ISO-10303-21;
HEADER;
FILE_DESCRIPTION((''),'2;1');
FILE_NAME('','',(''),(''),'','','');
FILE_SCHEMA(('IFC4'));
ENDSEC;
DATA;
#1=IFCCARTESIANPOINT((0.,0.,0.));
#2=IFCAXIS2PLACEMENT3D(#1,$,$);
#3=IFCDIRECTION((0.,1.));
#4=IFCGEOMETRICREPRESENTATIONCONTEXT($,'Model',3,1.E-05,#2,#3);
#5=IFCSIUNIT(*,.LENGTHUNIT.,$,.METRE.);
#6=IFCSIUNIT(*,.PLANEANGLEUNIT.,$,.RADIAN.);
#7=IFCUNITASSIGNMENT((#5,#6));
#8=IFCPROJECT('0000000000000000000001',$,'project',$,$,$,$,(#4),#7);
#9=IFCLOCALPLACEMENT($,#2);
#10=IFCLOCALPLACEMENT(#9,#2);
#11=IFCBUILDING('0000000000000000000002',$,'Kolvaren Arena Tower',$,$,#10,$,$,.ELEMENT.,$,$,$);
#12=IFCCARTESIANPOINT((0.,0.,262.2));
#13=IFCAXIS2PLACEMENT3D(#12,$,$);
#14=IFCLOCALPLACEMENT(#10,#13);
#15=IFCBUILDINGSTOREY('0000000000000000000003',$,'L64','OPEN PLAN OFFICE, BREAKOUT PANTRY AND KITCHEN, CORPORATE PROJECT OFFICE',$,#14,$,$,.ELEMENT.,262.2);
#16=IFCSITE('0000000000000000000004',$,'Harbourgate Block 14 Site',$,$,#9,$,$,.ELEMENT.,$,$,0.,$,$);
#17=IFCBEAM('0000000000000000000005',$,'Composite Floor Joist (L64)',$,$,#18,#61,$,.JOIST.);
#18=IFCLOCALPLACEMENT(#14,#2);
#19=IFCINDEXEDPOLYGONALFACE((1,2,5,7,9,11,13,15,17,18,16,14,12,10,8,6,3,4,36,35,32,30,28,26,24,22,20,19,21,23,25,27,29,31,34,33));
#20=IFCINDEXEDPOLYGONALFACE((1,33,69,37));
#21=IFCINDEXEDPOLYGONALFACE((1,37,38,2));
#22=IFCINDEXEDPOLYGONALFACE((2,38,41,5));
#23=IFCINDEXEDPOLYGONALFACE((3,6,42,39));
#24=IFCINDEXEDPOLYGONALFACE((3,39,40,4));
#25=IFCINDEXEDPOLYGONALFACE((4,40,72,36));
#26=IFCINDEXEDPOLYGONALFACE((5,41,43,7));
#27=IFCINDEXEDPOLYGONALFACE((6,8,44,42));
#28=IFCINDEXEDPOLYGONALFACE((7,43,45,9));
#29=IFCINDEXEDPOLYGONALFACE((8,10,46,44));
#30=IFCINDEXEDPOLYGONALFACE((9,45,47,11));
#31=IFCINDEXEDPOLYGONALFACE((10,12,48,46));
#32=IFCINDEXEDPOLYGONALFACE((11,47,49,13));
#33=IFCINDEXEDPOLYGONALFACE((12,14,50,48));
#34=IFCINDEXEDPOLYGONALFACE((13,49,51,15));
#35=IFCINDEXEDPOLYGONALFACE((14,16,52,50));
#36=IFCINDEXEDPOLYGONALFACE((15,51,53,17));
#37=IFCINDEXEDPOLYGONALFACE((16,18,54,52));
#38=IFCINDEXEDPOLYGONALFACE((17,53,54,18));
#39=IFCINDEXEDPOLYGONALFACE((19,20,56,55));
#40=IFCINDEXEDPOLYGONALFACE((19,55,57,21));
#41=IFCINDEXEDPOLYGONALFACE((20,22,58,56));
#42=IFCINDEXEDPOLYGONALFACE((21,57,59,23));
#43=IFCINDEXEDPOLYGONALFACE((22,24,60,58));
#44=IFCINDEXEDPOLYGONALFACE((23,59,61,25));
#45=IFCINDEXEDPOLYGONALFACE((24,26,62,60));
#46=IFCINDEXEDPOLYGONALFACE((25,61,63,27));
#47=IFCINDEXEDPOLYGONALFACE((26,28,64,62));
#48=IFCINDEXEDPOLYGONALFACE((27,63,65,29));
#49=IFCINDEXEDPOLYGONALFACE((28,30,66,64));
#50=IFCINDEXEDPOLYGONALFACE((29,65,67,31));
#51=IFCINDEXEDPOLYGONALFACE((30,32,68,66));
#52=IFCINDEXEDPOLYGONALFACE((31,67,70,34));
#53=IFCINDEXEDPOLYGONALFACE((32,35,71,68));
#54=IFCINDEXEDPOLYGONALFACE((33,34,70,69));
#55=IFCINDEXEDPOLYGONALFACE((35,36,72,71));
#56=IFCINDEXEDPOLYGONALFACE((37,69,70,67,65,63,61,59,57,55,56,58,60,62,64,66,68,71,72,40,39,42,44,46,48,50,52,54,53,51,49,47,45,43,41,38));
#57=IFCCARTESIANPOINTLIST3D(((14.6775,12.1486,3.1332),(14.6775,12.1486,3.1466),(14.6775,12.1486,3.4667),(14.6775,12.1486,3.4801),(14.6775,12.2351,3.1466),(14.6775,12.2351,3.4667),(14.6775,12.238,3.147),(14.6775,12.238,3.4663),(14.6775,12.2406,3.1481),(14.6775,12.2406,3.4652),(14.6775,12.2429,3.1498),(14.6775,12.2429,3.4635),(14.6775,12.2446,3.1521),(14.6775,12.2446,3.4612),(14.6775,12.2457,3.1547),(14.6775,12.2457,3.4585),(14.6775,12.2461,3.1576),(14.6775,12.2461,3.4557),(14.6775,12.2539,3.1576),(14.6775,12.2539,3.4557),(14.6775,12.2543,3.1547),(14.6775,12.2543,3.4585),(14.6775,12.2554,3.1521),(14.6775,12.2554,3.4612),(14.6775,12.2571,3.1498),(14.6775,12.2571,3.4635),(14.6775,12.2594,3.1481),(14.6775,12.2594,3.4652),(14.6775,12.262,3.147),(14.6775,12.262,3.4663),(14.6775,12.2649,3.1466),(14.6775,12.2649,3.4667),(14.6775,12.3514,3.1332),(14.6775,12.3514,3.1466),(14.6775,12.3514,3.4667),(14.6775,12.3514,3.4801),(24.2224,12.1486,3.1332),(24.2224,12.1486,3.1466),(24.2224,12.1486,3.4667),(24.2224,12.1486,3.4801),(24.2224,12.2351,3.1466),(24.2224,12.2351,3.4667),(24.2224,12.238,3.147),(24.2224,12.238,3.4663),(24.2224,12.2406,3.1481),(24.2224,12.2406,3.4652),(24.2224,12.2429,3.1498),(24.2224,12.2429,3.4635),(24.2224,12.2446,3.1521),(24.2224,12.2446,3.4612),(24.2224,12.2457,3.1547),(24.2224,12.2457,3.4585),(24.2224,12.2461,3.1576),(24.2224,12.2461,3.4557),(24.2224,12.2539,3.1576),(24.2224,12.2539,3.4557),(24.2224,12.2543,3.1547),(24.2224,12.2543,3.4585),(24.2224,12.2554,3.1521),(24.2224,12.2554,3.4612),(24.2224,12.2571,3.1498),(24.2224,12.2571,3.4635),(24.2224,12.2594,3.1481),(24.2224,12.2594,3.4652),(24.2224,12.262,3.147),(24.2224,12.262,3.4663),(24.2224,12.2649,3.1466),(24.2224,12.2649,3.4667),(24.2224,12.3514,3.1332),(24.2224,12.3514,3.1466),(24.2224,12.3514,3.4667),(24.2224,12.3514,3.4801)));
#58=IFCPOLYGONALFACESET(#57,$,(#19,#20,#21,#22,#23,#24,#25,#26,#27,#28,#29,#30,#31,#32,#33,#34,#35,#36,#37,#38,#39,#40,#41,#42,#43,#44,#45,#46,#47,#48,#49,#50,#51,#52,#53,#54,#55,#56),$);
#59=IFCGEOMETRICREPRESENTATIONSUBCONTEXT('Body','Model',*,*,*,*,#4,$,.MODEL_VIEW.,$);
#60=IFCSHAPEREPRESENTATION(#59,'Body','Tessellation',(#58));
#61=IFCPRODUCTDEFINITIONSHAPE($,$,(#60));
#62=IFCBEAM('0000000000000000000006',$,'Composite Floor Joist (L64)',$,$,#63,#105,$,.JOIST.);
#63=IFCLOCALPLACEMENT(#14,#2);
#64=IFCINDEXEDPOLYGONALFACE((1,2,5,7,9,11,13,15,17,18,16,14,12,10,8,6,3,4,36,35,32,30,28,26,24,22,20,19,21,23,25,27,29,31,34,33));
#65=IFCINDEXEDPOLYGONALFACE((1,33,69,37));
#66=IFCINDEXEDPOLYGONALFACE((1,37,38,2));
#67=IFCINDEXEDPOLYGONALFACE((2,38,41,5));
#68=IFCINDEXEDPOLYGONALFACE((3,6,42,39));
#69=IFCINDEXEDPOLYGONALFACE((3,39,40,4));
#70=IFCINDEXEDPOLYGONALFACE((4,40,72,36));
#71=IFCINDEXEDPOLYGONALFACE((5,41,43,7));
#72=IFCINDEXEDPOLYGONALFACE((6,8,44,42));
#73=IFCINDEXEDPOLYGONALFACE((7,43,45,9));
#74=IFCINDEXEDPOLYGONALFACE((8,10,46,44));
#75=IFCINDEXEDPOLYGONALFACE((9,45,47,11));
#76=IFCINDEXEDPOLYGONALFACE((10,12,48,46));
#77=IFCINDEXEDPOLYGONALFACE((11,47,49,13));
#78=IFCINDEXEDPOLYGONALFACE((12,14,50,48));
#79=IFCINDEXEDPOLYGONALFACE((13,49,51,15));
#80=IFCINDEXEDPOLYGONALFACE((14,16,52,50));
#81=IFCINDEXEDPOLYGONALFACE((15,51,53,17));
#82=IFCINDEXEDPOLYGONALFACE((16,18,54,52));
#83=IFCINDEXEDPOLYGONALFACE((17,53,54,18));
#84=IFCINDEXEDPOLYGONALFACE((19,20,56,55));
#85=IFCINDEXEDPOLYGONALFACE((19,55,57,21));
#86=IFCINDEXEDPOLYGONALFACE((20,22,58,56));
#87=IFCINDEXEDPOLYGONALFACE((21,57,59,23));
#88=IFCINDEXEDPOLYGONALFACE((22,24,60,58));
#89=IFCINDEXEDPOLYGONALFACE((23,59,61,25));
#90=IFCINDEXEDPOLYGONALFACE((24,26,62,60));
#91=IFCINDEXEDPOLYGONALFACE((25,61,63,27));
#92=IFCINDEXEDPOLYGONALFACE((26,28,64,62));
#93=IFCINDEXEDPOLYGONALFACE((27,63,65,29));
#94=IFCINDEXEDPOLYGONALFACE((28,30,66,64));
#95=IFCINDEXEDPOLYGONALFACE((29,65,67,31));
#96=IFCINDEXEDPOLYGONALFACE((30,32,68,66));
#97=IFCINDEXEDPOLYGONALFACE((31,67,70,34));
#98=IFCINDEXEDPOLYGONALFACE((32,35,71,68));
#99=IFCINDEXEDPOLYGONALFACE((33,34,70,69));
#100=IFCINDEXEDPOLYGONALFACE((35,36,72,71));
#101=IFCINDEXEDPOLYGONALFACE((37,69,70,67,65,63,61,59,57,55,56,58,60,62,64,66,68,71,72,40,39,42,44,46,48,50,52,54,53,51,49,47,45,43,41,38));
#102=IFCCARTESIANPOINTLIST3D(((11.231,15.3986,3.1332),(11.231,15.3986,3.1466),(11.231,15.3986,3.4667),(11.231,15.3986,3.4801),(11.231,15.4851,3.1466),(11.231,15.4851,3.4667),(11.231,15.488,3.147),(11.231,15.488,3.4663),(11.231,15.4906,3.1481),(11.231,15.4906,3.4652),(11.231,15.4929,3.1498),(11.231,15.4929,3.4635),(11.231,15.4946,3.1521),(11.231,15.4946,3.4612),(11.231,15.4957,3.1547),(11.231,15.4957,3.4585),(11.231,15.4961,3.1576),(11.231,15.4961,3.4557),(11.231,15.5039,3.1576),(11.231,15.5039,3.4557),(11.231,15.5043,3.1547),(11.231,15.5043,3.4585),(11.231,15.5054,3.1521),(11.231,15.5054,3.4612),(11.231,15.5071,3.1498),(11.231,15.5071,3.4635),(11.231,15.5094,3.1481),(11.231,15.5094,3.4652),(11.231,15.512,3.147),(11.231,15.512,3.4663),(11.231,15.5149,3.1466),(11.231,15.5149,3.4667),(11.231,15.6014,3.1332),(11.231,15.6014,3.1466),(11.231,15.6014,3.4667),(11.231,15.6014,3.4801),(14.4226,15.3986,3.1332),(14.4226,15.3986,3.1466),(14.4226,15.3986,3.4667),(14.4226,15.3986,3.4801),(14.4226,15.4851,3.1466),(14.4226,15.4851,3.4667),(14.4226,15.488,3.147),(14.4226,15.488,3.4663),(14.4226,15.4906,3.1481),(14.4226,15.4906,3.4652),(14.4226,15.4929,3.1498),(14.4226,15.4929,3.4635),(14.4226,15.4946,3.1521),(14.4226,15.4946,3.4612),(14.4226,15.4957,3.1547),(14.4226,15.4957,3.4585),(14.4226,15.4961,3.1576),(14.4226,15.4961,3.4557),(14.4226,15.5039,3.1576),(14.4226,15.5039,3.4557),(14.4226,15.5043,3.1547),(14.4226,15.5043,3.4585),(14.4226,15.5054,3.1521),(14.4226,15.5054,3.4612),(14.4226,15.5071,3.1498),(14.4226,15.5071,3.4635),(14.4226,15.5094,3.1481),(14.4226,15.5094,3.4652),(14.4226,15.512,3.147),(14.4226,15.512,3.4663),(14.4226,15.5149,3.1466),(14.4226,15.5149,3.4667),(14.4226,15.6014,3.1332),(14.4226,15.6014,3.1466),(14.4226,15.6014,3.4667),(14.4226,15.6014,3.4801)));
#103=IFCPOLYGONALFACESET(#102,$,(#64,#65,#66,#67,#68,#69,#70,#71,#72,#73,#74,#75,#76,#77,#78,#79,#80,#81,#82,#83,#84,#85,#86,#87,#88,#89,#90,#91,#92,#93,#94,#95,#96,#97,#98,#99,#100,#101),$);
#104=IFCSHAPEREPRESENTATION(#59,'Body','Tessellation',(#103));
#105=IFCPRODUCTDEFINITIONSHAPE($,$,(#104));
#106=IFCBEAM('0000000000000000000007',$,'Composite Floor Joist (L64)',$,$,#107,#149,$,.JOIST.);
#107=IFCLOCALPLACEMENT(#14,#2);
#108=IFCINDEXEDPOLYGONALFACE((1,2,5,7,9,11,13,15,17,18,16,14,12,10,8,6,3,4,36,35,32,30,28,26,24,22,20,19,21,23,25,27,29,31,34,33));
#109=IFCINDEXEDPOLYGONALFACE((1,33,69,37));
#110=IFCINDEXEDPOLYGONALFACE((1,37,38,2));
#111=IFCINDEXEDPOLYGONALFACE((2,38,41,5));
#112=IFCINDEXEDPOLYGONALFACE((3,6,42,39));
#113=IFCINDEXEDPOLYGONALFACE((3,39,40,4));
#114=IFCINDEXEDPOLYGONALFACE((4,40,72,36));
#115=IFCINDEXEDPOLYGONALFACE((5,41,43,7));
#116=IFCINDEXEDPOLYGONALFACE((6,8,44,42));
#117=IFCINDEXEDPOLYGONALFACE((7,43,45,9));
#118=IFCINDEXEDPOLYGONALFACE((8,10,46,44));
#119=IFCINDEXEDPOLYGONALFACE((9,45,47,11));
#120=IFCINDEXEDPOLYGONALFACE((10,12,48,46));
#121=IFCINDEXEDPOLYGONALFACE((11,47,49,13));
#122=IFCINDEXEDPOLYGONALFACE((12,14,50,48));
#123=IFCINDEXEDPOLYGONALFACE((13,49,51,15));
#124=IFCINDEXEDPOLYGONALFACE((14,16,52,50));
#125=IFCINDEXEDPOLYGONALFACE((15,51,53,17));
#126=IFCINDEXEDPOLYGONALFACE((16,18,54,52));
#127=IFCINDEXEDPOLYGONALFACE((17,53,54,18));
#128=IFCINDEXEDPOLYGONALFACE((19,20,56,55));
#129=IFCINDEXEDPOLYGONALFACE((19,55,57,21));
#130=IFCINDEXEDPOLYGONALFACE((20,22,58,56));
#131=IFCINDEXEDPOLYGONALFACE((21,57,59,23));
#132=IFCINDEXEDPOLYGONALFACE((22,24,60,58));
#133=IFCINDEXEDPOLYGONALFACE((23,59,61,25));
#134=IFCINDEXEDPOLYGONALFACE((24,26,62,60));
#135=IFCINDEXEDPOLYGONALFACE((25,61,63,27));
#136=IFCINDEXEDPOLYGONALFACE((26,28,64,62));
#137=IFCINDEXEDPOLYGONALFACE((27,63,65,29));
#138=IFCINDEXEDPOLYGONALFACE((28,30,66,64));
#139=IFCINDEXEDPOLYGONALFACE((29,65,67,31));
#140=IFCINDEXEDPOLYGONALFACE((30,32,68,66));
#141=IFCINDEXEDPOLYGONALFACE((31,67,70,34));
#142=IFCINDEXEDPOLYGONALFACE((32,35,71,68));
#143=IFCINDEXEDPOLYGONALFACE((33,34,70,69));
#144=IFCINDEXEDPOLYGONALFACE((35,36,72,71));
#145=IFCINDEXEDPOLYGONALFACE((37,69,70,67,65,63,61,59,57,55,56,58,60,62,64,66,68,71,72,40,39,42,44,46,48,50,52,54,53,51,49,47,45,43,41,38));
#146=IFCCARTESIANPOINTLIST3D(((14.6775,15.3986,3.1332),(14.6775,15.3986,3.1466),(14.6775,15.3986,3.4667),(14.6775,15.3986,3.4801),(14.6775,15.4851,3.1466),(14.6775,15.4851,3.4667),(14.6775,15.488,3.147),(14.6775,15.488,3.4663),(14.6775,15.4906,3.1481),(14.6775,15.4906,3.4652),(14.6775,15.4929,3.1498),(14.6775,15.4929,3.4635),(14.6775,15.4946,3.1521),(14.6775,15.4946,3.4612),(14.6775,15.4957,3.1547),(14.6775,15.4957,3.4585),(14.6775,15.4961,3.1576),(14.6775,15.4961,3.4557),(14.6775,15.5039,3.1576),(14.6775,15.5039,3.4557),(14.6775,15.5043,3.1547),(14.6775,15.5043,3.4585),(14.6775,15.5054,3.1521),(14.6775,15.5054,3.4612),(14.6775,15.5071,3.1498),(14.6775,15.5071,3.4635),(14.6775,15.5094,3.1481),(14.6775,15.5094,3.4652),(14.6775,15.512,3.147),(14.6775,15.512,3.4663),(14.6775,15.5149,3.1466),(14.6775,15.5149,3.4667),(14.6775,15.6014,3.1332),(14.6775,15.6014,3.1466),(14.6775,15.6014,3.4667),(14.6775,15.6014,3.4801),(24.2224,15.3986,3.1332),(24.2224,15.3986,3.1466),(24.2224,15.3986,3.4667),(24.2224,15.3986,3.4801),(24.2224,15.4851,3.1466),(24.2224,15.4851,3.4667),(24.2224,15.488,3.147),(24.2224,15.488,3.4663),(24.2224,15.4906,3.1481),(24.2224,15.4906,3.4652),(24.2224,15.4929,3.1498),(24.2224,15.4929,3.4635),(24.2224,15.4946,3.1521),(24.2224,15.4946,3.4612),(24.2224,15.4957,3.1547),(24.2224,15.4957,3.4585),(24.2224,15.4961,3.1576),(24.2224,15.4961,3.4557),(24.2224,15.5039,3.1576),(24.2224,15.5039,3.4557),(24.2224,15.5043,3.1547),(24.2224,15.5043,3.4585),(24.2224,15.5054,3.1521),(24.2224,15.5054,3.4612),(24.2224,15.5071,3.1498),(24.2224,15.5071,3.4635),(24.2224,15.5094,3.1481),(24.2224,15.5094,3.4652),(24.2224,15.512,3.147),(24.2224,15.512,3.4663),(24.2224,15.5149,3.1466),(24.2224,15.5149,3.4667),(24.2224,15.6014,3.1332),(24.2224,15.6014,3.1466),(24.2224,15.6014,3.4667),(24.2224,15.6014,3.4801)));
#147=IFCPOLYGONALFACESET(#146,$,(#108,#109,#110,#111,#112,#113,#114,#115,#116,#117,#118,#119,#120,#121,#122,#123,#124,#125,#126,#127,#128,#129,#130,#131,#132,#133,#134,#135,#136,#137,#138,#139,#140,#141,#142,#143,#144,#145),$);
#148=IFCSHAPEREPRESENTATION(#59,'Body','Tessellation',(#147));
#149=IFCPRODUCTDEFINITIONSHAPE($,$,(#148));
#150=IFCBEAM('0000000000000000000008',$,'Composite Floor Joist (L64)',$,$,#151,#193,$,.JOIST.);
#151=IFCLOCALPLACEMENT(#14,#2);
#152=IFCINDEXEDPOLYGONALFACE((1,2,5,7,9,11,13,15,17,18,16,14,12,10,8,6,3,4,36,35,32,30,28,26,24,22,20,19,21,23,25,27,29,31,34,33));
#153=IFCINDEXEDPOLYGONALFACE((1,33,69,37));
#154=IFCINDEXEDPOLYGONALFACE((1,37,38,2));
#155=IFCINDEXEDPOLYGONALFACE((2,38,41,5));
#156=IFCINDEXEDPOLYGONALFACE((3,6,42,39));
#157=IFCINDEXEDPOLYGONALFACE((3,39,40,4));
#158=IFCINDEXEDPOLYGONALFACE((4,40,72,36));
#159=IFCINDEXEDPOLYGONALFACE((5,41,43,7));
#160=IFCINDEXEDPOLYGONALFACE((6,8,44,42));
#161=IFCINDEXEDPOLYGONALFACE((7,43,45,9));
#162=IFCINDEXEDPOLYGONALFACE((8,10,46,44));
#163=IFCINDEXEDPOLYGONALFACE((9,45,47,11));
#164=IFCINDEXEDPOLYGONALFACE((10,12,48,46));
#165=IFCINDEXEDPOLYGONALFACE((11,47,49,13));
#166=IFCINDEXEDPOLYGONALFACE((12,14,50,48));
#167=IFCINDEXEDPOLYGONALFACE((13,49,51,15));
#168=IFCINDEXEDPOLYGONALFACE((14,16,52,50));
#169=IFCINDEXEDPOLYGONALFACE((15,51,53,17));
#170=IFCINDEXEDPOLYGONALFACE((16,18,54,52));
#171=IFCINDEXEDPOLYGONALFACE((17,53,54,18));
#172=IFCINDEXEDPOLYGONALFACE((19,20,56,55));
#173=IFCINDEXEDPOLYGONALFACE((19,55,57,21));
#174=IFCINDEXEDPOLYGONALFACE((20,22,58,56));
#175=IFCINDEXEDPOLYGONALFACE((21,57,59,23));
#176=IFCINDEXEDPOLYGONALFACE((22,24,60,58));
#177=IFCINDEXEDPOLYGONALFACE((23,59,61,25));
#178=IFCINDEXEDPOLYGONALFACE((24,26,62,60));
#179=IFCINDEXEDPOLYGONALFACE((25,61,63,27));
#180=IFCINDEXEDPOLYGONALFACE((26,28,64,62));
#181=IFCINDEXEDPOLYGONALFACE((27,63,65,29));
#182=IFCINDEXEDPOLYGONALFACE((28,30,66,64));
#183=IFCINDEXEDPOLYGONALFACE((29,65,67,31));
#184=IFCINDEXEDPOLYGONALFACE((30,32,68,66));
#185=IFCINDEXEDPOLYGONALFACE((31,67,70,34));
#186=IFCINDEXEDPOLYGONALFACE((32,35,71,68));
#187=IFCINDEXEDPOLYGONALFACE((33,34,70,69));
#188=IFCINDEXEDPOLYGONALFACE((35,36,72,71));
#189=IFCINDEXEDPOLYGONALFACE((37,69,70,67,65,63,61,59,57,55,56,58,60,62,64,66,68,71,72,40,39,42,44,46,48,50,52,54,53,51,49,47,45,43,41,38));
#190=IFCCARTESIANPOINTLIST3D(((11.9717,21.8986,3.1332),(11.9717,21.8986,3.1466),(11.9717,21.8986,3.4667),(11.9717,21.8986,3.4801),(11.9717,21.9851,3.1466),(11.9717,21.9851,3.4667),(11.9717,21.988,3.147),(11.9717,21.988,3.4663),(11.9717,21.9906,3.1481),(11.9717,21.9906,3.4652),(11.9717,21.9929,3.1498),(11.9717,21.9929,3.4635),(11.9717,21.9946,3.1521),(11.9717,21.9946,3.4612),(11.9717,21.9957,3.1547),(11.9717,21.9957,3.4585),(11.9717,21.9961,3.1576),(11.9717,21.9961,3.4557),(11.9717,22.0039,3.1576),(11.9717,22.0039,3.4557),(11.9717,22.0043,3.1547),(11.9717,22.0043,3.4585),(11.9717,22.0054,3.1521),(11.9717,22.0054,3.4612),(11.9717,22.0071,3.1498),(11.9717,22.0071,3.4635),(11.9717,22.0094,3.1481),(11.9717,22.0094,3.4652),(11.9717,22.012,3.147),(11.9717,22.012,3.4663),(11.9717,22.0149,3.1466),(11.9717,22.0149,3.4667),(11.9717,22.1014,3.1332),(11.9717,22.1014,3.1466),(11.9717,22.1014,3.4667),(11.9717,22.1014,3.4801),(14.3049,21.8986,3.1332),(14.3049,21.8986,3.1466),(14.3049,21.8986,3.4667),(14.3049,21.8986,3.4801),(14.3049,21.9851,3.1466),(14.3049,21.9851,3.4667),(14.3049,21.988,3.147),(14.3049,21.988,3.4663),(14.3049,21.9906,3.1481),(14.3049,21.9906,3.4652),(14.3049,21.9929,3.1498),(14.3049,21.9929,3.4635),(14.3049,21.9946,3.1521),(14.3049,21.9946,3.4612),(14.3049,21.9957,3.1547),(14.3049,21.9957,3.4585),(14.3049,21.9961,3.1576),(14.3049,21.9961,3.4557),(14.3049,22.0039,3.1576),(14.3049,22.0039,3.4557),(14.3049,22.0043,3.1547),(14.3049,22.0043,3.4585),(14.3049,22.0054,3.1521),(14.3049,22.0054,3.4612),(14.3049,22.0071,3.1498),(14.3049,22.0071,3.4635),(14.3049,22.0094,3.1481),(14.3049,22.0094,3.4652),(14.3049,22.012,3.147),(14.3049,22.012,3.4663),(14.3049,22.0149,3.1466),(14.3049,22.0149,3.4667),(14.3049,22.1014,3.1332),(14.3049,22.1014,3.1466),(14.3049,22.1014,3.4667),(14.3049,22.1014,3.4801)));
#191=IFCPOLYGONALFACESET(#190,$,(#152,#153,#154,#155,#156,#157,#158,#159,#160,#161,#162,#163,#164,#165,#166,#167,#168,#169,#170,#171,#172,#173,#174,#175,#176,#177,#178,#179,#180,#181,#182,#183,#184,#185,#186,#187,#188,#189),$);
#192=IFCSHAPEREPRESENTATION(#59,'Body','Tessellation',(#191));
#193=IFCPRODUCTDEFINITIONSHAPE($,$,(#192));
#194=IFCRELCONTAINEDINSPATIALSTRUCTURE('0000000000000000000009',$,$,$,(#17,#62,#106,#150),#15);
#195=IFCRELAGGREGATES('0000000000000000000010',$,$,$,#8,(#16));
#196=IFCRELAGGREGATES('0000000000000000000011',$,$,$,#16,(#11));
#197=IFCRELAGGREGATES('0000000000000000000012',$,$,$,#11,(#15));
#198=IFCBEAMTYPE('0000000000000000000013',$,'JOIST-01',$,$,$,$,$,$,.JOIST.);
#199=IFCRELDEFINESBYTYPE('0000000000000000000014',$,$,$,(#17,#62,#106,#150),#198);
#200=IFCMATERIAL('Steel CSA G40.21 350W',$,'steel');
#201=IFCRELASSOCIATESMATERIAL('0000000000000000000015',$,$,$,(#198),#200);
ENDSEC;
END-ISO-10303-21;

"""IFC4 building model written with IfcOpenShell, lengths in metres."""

from ifc_helpers import new_model, si_unit, direction, frame, origin, origin_2d, place, context, subcontext, project, spatial, i_section, extrude, material, material_profile, profile_set, type_object, element, save


model = new_model("IFC4")

# Units and contexts
model_context = context("Model", 3, precision=1e-05, world=origin(), true_north=direction((0.0, 1.0)))
body_context = subcontext(model_context, "Body", "Model", "MODEL_VIEW")
ifc_project = project(units=[si_unit("LENGTHUNIT", "METRE"), si_unit("PLANEANGLEUNIT", "RADIAN")], contexts=[model_context])

# Site, building, storey
site_placement = place(None, origin())
site = spatial("IfcSite", under=ifc_project, at=site_placement, Name="Harbourgate Block 14 Site", CompositionType="ELEMENT", RefElevation=0.0)
building_placement = place(site_placement, origin())
building = spatial("IfcBuilding", under=site, at=building_placement, Name="Kolvaren Arena Tower", CompositionType="ELEMENT")
storey_placement = place(building_placement, frame((0.0, 0.0, 262.2)))
storey = spatial("IfcBuildingStorey", under=building, at=storey_placement, Name="L64", Description="OPEN PLAN OFFICE, BREAKOUT PANTRY AND KITCHEN, CORPORATE PROJECT OFFICE", CompositionType="ELEMENT", Elevation=262.2)

# Beams
ifc_material_1 = material(Name="Steel CSA G40.21 350W", Category="steel")
ifc_material_profile_1 = material_profile(ifc_material_1, i_section(OverallWidth=0.2029, OverallDepth=0.3469, WebThickness=0.0078, FlangeThickness=0.0134, FilletRadius=0.011, at=origin_2d()), Name="W360x64")
ifc_profile_set_1 = profile_set([ifc_material_profile_1], Name="Steel CSA G40.21 350W")
beam_type_1 = type_object("IfcBeamType", Name="JOIST-01", PredefinedType="JOIST", material=ifc_profile_set_1)
beam_1_placement = place(storey_placement, frame((14.6775, 12.25, 3.3066), z_axis=(1.0, 0.0, 0.0), x_axis=(0.0, 1.0, 0.0)))
element("IfcBeam", 1, at=beam_1_placement, inside=storey, type_object=beam_type_1, Name="Composite Floor Joist (L64)", PredefinedType="JOIST", context=body_context, shape_type="SweptSolid", body=[
    extrude(i_section(OverallWidth=0.2029, OverallDepth=0.3469, WebThickness=0.0078, FlangeThickness=0.0134, FilletRadius=0.011, at=origin_2d()), origin(), (0.0, 0.0, 1.0), 9.5449),
])
beam_2_placement = place(storey_placement, frame((11.231, 15.5, 3.3066), z_axis=(1.0, 0.0, 0.0), x_axis=(0.0, 1.0, 0.0)))
element("IfcBeam", 2, at=beam_2_placement, inside=storey, type_object=beam_type_1, Name="Composite Floor Joist (L64)", PredefinedType="JOIST", context=body_context, shape_type="SweptSolid", body=[
    extrude(i_section(OverallWidth=0.2029, OverallDepth=0.3469, WebThickness=0.0078, FlangeThickness=0.0134, FilletRadius=0.011, at=origin_2d()), origin(), (0.0, 0.0, 1.0), 3.1917),
])
beam_3_placement = place(storey_placement, frame((14.6775, 15.5, 3.3066), z_axis=(1.0, 0.0, 0.0), x_axis=(0.0, 1.0, 0.0)))
element("IfcBeam", 3, at=beam_3_placement, inside=storey, type_object=beam_type_1, Name="Composite Floor Joist (L64)", PredefinedType="JOIST", context=body_context, shape_type="SweptSolid", body=[
    extrude(i_section(OverallWidth=0.2029, OverallDepth=0.3469, WebThickness=0.0078, FlangeThickness=0.0134, FilletRadius=0.011, at=origin_2d()), origin(), (0.0, 0.0, 1.0), 9.5449),
])
beam_4_placement = place(storey_placement, frame((11.9717, 22.0, 3.3066), z_axis=(1.0, 0.0, 0.0), x_axis=(0.0, 1.0, 0.0)))
element("IfcBeam", 4, at=beam_4_placement, inside=storey, type_object=beam_type_1, Name="Composite Floor Joist (L64)", PredefinedType="JOIST", context=body_context, shape_type="SweptSolid", body=[
    extrude(i_section(OverallWidth=0.2029, OverallDepth=0.3469, WebThickness=0.0078, FlangeThickness=0.0134, FilletRadius=0.011, at=origin_2d()), origin(), (0.0, 0.0, 1.0), 2.3333),
])

save(model, "model.ifc")
